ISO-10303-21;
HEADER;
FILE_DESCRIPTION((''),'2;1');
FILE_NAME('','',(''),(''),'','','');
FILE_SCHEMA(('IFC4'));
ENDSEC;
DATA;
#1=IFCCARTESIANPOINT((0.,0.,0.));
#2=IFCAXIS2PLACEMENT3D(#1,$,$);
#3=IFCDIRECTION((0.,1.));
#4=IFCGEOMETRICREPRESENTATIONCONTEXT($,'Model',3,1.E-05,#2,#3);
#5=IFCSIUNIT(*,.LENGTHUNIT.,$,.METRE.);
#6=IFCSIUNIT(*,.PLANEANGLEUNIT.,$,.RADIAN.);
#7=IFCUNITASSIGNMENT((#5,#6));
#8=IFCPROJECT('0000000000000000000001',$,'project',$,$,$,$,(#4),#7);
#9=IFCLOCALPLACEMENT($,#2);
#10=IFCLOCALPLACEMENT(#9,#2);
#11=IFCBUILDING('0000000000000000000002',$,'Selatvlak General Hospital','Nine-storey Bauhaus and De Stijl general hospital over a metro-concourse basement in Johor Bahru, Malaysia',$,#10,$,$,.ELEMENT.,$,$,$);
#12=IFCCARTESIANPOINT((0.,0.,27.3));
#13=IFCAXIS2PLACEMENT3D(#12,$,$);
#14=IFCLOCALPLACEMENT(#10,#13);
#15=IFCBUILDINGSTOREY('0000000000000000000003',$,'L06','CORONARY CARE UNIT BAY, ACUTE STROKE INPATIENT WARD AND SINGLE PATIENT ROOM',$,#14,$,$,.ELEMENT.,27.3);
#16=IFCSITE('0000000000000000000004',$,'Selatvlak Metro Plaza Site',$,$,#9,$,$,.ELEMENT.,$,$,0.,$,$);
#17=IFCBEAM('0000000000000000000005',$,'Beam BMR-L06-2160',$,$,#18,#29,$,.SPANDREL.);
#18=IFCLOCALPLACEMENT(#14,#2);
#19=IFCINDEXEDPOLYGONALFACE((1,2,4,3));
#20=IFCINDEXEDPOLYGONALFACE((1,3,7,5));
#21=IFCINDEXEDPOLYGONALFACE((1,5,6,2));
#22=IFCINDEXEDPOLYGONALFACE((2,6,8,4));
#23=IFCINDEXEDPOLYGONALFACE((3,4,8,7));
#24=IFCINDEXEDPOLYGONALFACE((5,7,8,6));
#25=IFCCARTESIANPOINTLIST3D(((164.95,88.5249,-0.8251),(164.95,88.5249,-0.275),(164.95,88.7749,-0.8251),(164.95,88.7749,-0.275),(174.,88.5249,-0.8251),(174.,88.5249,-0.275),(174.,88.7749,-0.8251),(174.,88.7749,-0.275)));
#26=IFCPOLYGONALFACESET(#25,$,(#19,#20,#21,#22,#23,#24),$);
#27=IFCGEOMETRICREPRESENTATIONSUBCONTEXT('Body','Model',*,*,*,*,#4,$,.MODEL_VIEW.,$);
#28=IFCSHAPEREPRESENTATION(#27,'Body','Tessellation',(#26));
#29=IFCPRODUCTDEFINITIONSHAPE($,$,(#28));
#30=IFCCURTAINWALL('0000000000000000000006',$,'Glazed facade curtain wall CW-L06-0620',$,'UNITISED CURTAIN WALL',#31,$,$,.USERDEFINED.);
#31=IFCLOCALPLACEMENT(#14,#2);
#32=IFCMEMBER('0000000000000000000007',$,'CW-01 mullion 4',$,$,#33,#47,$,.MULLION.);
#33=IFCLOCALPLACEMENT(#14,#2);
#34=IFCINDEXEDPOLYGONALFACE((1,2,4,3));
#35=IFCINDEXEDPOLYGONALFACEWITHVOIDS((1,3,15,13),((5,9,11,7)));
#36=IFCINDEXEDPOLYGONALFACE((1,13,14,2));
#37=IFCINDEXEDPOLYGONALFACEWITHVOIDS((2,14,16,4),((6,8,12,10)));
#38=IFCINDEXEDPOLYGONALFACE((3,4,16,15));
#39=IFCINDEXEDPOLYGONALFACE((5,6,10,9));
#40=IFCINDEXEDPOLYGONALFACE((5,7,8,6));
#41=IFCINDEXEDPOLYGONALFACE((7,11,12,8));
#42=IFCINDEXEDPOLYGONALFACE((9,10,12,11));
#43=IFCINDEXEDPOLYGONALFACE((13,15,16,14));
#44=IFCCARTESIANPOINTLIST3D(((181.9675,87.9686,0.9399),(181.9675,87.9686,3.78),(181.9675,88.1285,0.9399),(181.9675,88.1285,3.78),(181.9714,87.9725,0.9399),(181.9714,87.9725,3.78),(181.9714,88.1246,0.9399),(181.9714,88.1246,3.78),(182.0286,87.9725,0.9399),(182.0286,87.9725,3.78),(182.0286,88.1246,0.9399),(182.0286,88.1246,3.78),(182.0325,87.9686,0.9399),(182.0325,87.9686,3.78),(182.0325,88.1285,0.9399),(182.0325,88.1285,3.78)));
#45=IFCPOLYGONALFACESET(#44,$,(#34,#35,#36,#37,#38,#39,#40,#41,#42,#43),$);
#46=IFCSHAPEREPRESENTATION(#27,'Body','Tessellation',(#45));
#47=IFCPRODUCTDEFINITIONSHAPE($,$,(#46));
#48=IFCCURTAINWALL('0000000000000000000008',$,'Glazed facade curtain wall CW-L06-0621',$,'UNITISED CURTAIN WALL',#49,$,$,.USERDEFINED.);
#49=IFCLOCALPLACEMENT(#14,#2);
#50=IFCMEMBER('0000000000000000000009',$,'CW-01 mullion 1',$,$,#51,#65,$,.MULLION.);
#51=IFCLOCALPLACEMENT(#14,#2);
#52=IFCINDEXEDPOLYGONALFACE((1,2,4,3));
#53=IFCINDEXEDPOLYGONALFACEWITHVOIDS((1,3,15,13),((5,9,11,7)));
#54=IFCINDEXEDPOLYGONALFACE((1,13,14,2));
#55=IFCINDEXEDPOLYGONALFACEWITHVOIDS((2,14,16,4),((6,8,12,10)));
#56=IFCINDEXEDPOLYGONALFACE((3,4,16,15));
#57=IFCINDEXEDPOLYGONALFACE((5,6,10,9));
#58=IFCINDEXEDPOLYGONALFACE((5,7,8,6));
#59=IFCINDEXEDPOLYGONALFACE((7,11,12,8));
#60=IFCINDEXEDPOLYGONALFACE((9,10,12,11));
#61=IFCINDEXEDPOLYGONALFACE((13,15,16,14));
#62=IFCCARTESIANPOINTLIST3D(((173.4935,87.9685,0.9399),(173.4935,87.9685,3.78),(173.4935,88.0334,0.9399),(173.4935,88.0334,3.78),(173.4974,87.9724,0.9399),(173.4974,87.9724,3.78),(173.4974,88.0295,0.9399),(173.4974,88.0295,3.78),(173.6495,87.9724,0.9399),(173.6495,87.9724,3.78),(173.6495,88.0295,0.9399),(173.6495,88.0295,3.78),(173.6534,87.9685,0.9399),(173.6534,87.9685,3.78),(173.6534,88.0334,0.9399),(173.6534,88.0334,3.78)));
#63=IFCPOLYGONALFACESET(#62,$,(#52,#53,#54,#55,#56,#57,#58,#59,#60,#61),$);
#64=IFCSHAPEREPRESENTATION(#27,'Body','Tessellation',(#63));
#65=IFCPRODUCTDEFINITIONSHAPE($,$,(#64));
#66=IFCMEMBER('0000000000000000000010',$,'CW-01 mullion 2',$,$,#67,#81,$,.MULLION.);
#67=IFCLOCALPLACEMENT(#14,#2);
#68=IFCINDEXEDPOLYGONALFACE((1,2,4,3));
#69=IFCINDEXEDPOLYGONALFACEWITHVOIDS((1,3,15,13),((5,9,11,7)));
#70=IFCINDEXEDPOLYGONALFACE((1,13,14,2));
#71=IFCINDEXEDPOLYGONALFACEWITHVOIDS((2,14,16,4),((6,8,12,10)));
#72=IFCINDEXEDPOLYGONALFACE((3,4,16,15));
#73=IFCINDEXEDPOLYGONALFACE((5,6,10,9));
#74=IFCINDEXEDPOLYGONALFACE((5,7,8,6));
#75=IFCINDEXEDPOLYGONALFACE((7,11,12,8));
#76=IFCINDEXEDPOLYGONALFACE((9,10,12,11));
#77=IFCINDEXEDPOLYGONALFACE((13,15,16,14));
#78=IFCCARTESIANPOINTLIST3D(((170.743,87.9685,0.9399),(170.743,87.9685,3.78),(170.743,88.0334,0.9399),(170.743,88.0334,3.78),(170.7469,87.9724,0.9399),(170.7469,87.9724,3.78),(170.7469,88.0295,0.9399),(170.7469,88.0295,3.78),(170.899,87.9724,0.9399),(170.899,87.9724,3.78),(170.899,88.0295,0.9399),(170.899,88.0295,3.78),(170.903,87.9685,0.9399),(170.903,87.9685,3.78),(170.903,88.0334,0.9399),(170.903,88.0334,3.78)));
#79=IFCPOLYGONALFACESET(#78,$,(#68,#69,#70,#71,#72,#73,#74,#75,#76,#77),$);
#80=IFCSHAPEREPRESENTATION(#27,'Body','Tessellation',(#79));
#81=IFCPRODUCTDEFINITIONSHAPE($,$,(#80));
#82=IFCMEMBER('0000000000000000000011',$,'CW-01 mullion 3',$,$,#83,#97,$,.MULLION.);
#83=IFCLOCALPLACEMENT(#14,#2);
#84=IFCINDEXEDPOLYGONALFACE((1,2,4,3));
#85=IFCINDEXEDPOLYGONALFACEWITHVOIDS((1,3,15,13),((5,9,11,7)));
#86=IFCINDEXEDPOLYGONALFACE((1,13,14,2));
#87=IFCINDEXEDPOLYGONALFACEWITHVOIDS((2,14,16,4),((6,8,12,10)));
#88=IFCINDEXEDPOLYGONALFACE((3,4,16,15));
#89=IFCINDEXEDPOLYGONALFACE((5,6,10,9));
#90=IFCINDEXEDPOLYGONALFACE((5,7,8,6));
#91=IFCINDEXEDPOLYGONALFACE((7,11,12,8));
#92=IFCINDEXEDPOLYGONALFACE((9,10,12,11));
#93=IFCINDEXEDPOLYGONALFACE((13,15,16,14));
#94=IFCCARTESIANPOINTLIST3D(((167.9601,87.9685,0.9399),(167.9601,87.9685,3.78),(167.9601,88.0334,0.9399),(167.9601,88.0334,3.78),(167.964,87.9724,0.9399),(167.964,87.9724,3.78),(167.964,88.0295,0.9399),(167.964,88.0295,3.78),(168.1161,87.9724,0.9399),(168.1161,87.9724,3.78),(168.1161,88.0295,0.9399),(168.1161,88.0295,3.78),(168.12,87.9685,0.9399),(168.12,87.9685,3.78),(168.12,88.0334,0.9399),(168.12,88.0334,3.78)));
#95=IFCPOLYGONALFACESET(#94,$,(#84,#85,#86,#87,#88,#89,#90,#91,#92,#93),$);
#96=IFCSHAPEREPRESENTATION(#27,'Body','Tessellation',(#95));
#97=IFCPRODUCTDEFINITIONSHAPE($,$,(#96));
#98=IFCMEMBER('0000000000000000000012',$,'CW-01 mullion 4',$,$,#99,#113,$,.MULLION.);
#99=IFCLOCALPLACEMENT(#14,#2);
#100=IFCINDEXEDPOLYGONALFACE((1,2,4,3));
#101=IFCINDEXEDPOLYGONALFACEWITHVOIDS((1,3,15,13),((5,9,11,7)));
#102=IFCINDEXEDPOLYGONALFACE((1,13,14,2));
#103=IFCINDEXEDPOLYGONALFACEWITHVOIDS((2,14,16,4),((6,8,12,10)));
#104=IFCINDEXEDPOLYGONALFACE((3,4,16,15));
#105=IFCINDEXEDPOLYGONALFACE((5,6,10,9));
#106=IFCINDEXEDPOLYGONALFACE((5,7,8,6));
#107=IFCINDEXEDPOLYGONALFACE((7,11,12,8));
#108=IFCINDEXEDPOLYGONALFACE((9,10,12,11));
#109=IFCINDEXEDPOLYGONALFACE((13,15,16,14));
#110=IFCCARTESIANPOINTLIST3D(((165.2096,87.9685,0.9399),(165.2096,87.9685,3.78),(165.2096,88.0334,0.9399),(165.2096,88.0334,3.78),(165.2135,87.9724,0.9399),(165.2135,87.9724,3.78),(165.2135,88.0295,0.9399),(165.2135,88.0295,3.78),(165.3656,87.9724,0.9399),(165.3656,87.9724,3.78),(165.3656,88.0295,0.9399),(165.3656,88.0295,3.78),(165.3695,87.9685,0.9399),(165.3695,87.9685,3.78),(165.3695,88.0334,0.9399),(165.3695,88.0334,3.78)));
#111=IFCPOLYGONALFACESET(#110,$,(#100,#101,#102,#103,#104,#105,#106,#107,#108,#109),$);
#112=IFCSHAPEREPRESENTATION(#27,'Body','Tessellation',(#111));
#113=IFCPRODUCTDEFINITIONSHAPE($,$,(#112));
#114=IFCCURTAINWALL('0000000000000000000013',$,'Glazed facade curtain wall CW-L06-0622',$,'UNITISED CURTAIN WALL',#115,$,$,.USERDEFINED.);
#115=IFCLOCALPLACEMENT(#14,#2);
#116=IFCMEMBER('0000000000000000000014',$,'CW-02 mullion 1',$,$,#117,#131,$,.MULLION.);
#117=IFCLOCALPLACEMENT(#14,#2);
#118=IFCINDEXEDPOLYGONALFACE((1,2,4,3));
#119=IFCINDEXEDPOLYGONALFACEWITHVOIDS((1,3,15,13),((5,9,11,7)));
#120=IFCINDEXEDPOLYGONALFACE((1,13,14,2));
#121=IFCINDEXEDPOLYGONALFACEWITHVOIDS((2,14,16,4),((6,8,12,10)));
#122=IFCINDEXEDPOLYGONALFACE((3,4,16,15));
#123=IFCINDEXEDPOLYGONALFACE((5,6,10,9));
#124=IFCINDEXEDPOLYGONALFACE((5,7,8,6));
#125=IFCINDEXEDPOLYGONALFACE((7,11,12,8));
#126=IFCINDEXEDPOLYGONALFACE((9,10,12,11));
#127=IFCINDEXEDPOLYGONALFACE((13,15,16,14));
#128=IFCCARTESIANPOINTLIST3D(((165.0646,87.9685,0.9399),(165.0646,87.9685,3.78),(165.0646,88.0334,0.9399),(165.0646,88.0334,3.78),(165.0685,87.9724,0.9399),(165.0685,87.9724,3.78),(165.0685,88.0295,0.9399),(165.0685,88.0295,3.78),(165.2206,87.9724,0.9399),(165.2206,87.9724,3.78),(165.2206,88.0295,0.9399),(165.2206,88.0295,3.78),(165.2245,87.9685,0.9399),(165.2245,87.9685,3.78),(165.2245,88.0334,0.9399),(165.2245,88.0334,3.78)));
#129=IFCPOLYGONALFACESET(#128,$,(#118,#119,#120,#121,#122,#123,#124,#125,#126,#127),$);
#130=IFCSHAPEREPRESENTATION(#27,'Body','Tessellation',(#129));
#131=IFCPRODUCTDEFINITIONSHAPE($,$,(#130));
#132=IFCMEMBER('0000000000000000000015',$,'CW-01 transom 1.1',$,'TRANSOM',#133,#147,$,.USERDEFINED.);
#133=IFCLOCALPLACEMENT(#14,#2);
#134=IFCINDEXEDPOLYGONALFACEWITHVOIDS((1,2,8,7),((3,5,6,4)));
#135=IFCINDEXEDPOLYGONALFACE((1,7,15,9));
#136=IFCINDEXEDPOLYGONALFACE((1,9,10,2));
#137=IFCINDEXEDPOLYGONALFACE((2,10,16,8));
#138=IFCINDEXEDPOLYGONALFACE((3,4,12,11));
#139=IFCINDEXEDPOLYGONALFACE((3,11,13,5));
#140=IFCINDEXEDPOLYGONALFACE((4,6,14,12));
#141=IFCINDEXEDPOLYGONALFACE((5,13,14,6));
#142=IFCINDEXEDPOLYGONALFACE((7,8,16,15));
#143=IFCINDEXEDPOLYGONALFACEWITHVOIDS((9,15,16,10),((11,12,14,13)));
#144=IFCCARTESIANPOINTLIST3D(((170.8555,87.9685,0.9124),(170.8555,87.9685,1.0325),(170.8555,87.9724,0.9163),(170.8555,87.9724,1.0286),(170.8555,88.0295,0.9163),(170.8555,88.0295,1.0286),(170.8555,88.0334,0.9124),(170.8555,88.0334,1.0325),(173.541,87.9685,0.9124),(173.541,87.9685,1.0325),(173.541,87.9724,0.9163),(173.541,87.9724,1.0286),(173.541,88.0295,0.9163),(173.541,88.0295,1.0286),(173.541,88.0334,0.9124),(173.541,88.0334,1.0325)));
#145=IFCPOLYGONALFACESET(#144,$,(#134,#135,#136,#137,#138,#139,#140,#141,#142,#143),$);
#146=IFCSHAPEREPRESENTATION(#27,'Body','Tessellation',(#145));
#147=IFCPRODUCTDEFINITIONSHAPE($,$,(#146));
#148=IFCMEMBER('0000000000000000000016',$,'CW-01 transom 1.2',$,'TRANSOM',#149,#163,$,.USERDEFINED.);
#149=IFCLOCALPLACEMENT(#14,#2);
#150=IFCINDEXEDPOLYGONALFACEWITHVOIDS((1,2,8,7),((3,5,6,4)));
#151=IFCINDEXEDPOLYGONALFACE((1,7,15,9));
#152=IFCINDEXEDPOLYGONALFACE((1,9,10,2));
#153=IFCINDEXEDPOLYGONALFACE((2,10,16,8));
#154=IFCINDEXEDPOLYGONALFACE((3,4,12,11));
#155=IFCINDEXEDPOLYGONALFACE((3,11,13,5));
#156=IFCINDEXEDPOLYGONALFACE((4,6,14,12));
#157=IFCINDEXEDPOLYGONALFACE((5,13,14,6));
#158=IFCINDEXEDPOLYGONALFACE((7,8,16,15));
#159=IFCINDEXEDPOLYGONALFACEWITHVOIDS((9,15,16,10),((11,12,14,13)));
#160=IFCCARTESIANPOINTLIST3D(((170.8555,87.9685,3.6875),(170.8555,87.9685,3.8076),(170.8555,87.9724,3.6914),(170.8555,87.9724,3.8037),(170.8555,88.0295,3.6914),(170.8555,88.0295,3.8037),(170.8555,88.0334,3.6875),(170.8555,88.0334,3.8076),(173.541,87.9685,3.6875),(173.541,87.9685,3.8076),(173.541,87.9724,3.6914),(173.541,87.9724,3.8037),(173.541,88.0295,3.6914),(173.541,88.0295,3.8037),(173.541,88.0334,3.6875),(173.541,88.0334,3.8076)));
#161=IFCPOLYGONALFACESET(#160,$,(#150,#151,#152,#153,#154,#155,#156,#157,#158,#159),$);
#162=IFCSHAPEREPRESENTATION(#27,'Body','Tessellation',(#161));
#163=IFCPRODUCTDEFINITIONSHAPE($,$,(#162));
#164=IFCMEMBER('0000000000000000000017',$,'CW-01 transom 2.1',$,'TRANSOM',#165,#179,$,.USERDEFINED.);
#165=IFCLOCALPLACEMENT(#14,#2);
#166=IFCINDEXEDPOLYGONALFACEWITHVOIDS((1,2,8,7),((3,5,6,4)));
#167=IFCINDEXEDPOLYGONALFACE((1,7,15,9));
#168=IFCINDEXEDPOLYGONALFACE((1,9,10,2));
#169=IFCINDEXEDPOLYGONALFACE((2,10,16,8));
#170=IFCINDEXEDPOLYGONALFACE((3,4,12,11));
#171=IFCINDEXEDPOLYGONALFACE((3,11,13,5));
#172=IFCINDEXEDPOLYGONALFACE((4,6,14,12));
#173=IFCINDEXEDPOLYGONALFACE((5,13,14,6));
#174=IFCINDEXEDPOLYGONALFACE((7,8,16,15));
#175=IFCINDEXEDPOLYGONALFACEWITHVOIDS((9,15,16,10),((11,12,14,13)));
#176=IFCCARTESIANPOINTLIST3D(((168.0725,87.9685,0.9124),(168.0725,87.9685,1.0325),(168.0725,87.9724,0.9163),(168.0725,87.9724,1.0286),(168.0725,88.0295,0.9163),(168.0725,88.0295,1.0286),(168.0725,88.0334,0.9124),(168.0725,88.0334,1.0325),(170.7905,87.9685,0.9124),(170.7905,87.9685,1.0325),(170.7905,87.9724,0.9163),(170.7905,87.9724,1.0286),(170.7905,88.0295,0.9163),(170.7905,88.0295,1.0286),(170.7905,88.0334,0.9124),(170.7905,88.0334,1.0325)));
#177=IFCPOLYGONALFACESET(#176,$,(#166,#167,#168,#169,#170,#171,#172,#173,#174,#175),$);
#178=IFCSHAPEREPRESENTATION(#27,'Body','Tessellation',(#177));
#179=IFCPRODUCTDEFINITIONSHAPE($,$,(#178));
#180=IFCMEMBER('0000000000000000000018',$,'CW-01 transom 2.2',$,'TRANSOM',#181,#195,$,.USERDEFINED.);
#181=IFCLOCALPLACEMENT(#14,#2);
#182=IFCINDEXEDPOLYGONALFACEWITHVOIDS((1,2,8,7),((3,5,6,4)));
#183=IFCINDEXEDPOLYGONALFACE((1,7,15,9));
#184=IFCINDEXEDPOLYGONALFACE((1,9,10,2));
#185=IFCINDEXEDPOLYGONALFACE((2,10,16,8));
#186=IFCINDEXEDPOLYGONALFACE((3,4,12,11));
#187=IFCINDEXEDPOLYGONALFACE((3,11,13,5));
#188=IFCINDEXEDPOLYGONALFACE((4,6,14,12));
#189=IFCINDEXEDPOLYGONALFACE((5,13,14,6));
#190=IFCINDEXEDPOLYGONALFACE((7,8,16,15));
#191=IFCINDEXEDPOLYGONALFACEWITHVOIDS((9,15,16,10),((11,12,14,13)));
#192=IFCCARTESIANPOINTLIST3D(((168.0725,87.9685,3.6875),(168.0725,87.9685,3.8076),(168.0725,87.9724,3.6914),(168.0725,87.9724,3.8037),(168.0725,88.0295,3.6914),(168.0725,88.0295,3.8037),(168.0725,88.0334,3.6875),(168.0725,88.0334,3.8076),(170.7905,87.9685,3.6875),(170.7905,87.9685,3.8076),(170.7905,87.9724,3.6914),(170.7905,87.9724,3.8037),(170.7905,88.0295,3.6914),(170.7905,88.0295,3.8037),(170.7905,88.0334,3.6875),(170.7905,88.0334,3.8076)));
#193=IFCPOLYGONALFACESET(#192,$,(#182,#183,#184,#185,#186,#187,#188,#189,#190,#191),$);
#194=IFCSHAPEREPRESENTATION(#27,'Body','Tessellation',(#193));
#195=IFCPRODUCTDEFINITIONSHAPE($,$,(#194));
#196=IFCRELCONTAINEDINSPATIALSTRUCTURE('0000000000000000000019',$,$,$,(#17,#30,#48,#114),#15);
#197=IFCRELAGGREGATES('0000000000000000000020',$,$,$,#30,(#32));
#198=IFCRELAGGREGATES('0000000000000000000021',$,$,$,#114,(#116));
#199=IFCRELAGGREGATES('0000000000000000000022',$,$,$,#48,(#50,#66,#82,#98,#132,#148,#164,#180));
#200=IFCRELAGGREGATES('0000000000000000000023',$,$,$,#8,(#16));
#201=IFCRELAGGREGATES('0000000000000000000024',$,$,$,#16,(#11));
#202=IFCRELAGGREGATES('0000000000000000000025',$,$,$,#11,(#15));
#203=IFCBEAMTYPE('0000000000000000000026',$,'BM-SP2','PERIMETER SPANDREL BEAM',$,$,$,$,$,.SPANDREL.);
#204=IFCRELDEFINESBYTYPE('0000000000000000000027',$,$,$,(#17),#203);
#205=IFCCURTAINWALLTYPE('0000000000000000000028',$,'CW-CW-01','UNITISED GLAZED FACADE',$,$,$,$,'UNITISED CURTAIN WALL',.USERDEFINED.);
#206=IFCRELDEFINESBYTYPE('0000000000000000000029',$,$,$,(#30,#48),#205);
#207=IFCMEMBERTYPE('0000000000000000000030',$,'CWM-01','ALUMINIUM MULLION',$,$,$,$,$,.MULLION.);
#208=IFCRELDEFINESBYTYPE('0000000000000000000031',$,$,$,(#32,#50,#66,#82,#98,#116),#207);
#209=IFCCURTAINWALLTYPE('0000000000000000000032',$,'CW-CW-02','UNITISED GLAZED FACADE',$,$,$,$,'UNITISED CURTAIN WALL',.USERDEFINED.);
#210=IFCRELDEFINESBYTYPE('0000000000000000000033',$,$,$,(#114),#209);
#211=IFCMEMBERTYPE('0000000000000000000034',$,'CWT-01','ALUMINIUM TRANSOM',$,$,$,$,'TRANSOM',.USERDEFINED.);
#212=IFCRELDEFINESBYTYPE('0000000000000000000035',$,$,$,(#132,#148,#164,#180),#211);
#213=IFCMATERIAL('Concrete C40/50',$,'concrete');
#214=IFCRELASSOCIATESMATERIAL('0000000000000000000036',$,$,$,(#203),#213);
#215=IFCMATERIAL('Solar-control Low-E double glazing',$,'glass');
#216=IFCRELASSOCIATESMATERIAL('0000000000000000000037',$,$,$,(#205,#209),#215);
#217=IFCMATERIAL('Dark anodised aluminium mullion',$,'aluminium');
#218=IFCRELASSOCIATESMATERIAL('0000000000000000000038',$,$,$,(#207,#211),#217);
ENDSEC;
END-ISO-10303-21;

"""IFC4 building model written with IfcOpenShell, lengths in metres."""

from ifc_helpers import new_model, si_unit, direction, frame, origin, origin_2d, place, context, subcontext, project, spatial, rectangle, hollow_rectangle, extrude, material, material_profile, profile_set, type_object, element, aggregate, save


model = new_model("IFC4")

# Units and contexts
model_context = context("Model", 3, precision=1e-05, world=origin(), true_north=direction((0.0, 1.0)))
body_context = subcontext(model_context, "Body", "Model", "MODEL_VIEW")
ifc_project = project(units=[si_unit("LENGTHUNIT", "METRE"), si_unit("PLANEANGLEUNIT", "RADIAN")], contexts=[model_context])

# Site, building, storey
site_placement = place(None, origin())
site = spatial("IfcSite", under=ifc_project, at=site_placement, Name="Selatvlak Metro Plaza Site", CompositionType="ELEMENT", RefElevation=0.0)
building_placement = place(site_placement, origin())
building = spatial("IfcBuilding", under=site, at=building_placement, Name="Selatvlak General Hospital", Description="Nine-storey Bauhaus and De Stijl general hospital over a metro-concourse basement in Johor Bahru, Malaysia", CompositionType="ELEMENT")
storey_placement = place(building_placement, frame((0.0, 0.0, 27.3)))
storey = spatial("IfcBuildingStorey", under=building, at=storey_placement, Name="L06", Description="CORONARY CARE UNIT BAY, ACUTE STROKE INPATIENT WARD AND SINGLE PATIENT ROOM", CompositionType="ELEMENT", Elevation=27.3)

# Beam
ifc_material_1 = material(Name="Concrete C40/50", Category="concrete")
ifc_material_profile_1 = material_profile(ifc_material_1, rectangle(XDim=0.25, YDim=0.55, at=origin_2d()), Name="RC-SP 250x550")
ifc_profile_set_1 = profile_set([ifc_material_profile_1], Name="Concrete C40/50")
beam_type = type_object("IfcBeamType", Name="BM-SP2", Description="PERIMETER SPANDREL BEAM", PredefinedType="SPANDREL", material=ifc_profile_set_1)
beam_placement = place(storey_placement, frame((164.95, 88.6499, -0.55), z_axis=(1.0, 0.0, 0.0), x_axis=(0.0, 1.0, 0.0)))
element("IfcBeam", 1, at=beam_placement, inside=storey, type_object=beam_type, Name="Beam BMR-L06-2160", PredefinedType="SPANDREL", context=body_context, shape_type="SweptSolid", body=[
    extrude(rectangle(XDim=0.25, YDim=0.55, at=origin_2d()), origin(), (0.0, 0.0, 1.0), 9.05),
])

# Curtain wall, member
ifc_material_2 = material(Name="Solar-control Low-E double glazing", Category="glass")
curtain_wall_type_1 = type_object("IfcCurtainWallType", Name="CW-CW-01", Description="UNITISED GLAZED FACADE", ElementType="UNITISED CURTAIN WALL", PredefinedType="USERDEFINED", material=ifc_material_2)
curtain_wall_1_placement = place(storey_placement, origin())
curtain_wall_1 = element("IfcCurtainWall", 2, at=curtain_wall_1_placement, inside=storey, type_object=curtain_wall_type_1, Name="Glazed facade curtain wall CW-L06-0620", ObjectType="UNITISED CURTAIN WALL", PredefinedType="USERDEFINED")
ifc_material_3 = material(Name="Dark anodised aluminium mullion", Category="aluminium")
ifc_material_profile_2 = material_profile(ifc_material_3, hollow_rectangle(XDim=0.0649, YDim=0.1599, WallThickness=0.0039, at=origin_2d()), Name="AL-MUL 65x160x4")
ifc_profile_set_2 = profile_set([ifc_material_profile_2], Name="Dark anodised aluminium mullion")
member_type_1 = type_object("IfcMemberType", Name="CWM-01", Description="ALUMINIUM MULLION", PredefinedType="MULLION", material=ifc_profile_set_2)
member_1_placement = place(storey_placement, frame((182.0, 88.0486, 0.9399), z_axis=(0.0, 0.0, 1.0), x_axis=(1.0, 0.0, 0.0)))
member_1 = element("IfcMember", 3, at=member_1_placement, type_object=member_type_1, Name="CW-01 mullion 4", PredefinedType="MULLION", context=body_context, shape_type="SweptSolid", body=[
    extrude(hollow_rectangle(XDim=0.0649, YDim=0.1599, WallThickness=0.0039, at=origin_2d()), origin(), (0.0, 0.0, 1.0), 2.8401),
])
aggregate(curtain_wall_1, [member_1])

# Curtain wall, members
curtain_wall_2_placement = place(storey_placement, origin())
curtain_wall_2 = element("IfcCurtainWall", 4, at=curtain_wall_2_placement, inside=storey, type_object=curtain_wall_type_1, Name="Glazed facade curtain wall CW-L06-0621", ObjectType="UNITISED CURTAIN WALL", PredefinedType="USERDEFINED")
member_2_placement = place(storey_placement, frame((173.5735, 88.001, 0.9399), z_axis=(0.0, 0.0, 1.0), x_axis=(0.0, -1.0, 0.0)))
member_2 = element("IfcMember", 5, at=member_2_placement, type_object=member_type_1, Name="CW-01 mullion 1", PredefinedType="MULLION", context=body_context, shape_type="SweptSolid", body=[
    extrude(hollow_rectangle(XDim=0.0649, YDim=0.1599, WallThickness=0.0039, at=origin_2d()), origin(), (0.0, 0.0, 1.0), 2.8401),
])
member_3_placement = place(storey_placement, frame((170.823, 88.001, 0.9399), z_axis=(0.0, 0.0, 1.0), x_axis=(0.0, -1.0, 0.0)))
member_3 = element("IfcMember", 6, at=member_3_placement, type_object=member_type_1, Name="CW-01 mullion 2", PredefinedType="MULLION", context=body_context, shape_type="SweptSolid", body=[
    extrude(hollow_rectangle(XDim=0.0649, YDim=0.1599, WallThickness=0.0039, at=origin_2d()), origin(), (0.0, 0.0, 1.0), 2.8401),
])
member_4_placement = place(storey_placement, frame((168.04, 88.001, 0.9399), z_axis=(0.0, 0.0, 1.0), x_axis=(0.0, -1.0, 0.0)))
member_4 = element("IfcMember", 7, at=member_4_placement, type_object=member_type_1, Name="CW-01 mullion 3", PredefinedType="MULLION", context=body_context, shape_type="SweptSolid", body=[
    extrude(hollow_rectangle(XDim=0.0649, YDim=0.1599, WallThickness=0.0039, at=origin_2d()), origin(), (0.0, 0.0, 1.0), 2.8401),
])
member_5_placement = place(storey_placement, frame((165.2896, 88.001, 0.9399), z_axis=(0.0, 0.0, 1.0), x_axis=(0.0, -1.0, 0.0)))
member_5 = element("IfcMember", 8, at=member_5_placement, type_object=member_type_1, Name="CW-01 mullion 4", PredefinedType="MULLION", context=body_context, shape_type="SweptSolid", body=[
    extrude(hollow_rectangle(XDim=0.0649, YDim=0.1599, WallThickness=0.0039, at=origin_2d()), origin(), (0.0, 0.0, 1.0), 2.8401),
])

# Curtain wall, member
curtain_wall_type_2 = type_object("IfcCurtainWallType", Name="CW-CW-02", Description="UNITISED GLAZED FACADE", ElementType="UNITISED CURTAIN WALL", PredefinedType="USERDEFINED", material=ifc_material_2)
curtain_wall_3_placement = place(storey_placement, origin())
curtain_wall_3 = element("IfcCurtainWall", 9, at=curtain_wall_3_placement, inside=storey, type_object=curtain_wall_type_2, Name="Glazed facade curtain wall CW-L06-0622", ObjectType="UNITISED CURTAIN WALL", PredefinedType="USERDEFINED")
member_6_placement = place(storey_placement, frame((165.1445, 88.001, 0.9399), z_axis=(0.0, 0.0, 1.0), x_axis=(0.0, -1.0, 0.0)))
member_6 = element("IfcMember", 10, at=member_6_placement, type_object=member_type_1, Name="CW-02 mullion 1", PredefinedType="MULLION", context=body_context, shape_type="SweptSolid", body=[
    extrude(hollow_rectangle(XDim=0.0649, YDim=0.1599, WallThickness=0.0039, at=origin_2d()), origin(), (0.0, 0.0, 1.0), 2.8401),
])

# Members
ifc_material_profile_3 = material_profile(ifc_material_3, hollow_rectangle(XDim=0.0649, YDim=0.1201, WallThickness=0.0039, at=origin_2d()), Name="AL-TRN 65x120x4")
ifc_profile_set_3 = profile_set([ifc_material_profile_3], Name="Dark anodised aluminium mullion")
member_type_2 = type_object("IfcMemberType", Name="CWT-01", Description="ALUMINIUM TRANSOM", ElementType="TRANSOM", PredefinedType="USERDEFINED", material=ifc_profile_set_3)
member_7_placement = place(storey_placement, frame((173.541, 88.001, 0.9724), z_axis=(-1.0, 0.0, 0.0), x_axis=(0.0, -1.0, 0.0)))
member_7 = element("IfcMember", 11, at=member_7_placement, type_object=member_type_2, Name="CW-01 transom 1.1", ObjectType="TRANSOM", PredefinedType="USERDEFINED", context=body_context, shape_type="SweptSolid", body=[
    extrude(hollow_rectangle(XDim=0.0649, YDim=0.1201, WallThickness=0.0039, at=origin_2d()), origin(), (0.0, 0.0, 1.0), 2.6855),
])
member_8_placement = place(storey_placement, frame((173.541, 88.001, 3.7476), z_axis=(-1.0, 0.0, 0.0), x_axis=(0.0, -1.0, 0.0)))
member_8 = element("IfcMember", 12, at=member_8_placement, type_object=member_type_2, Name="CW-01 transom 1.2", ObjectType="TRANSOM", PredefinedType="USERDEFINED", context=body_context, shape_type="SweptSolid", body=[
    extrude(hollow_rectangle(XDim=0.0649, YDim=0.1201, WallThickness=0.0039, at=origin_2d()), origin(), (0.0, 0.0, 1.0), 2.6855),
])
member_9_placement = place(storey_placement, frame((170.7905, 88.001, 0.9724), z_axis=(-1.0, 0.0, 0.0), x_axis=(0.0, -1.0, 0.0)))
member_9 = element("IfcMember", 13, at=member_9_placement, type_object=member_type_2, Name="CW-01 transom 2.1", ObjectType="TRANSOM", PredefinedType="USERDEFINED", context=body_context, shape_type="SweptSolid", body=[
    extrude(hollow_rectangle(XDim=0.0649, YDim=0.1201, WallThickness=0.0039, at=origin_2d()), origin(), (0.0, 0.0, 1.0), 2.718),
])
member_10_placement = place(storey_placement, frame((170.7905, 88.001, 3.7476), z_axis=(-1.0, 0.0, 0.0), x_axis=(0.0, -1.0, 0.0)))
member_10 = element("IfcMember", 14, at=member_10_placement, type_object=member_type_2, Name="CW-01 transom 2.2", ObjectType="TRANSOM", PredefinedType="USERDEFINED", context=body_context, shape_type="SweptSolid", body=[
    extrude(hollow_rectangle(XDim=0.0649, YDim=0.1201, WallThickness=0.0039, at=origin_2d()), origin(), (0.0, 0.0, 1.0), 2.718),
])
aggregate(curtain_wall_3, [member_6])

aggregate(curtain_wall_2, [member_2, member_3, member_4, member_5, member_7, member_8, member_9, member_10])

save(model, "model.ifc")
